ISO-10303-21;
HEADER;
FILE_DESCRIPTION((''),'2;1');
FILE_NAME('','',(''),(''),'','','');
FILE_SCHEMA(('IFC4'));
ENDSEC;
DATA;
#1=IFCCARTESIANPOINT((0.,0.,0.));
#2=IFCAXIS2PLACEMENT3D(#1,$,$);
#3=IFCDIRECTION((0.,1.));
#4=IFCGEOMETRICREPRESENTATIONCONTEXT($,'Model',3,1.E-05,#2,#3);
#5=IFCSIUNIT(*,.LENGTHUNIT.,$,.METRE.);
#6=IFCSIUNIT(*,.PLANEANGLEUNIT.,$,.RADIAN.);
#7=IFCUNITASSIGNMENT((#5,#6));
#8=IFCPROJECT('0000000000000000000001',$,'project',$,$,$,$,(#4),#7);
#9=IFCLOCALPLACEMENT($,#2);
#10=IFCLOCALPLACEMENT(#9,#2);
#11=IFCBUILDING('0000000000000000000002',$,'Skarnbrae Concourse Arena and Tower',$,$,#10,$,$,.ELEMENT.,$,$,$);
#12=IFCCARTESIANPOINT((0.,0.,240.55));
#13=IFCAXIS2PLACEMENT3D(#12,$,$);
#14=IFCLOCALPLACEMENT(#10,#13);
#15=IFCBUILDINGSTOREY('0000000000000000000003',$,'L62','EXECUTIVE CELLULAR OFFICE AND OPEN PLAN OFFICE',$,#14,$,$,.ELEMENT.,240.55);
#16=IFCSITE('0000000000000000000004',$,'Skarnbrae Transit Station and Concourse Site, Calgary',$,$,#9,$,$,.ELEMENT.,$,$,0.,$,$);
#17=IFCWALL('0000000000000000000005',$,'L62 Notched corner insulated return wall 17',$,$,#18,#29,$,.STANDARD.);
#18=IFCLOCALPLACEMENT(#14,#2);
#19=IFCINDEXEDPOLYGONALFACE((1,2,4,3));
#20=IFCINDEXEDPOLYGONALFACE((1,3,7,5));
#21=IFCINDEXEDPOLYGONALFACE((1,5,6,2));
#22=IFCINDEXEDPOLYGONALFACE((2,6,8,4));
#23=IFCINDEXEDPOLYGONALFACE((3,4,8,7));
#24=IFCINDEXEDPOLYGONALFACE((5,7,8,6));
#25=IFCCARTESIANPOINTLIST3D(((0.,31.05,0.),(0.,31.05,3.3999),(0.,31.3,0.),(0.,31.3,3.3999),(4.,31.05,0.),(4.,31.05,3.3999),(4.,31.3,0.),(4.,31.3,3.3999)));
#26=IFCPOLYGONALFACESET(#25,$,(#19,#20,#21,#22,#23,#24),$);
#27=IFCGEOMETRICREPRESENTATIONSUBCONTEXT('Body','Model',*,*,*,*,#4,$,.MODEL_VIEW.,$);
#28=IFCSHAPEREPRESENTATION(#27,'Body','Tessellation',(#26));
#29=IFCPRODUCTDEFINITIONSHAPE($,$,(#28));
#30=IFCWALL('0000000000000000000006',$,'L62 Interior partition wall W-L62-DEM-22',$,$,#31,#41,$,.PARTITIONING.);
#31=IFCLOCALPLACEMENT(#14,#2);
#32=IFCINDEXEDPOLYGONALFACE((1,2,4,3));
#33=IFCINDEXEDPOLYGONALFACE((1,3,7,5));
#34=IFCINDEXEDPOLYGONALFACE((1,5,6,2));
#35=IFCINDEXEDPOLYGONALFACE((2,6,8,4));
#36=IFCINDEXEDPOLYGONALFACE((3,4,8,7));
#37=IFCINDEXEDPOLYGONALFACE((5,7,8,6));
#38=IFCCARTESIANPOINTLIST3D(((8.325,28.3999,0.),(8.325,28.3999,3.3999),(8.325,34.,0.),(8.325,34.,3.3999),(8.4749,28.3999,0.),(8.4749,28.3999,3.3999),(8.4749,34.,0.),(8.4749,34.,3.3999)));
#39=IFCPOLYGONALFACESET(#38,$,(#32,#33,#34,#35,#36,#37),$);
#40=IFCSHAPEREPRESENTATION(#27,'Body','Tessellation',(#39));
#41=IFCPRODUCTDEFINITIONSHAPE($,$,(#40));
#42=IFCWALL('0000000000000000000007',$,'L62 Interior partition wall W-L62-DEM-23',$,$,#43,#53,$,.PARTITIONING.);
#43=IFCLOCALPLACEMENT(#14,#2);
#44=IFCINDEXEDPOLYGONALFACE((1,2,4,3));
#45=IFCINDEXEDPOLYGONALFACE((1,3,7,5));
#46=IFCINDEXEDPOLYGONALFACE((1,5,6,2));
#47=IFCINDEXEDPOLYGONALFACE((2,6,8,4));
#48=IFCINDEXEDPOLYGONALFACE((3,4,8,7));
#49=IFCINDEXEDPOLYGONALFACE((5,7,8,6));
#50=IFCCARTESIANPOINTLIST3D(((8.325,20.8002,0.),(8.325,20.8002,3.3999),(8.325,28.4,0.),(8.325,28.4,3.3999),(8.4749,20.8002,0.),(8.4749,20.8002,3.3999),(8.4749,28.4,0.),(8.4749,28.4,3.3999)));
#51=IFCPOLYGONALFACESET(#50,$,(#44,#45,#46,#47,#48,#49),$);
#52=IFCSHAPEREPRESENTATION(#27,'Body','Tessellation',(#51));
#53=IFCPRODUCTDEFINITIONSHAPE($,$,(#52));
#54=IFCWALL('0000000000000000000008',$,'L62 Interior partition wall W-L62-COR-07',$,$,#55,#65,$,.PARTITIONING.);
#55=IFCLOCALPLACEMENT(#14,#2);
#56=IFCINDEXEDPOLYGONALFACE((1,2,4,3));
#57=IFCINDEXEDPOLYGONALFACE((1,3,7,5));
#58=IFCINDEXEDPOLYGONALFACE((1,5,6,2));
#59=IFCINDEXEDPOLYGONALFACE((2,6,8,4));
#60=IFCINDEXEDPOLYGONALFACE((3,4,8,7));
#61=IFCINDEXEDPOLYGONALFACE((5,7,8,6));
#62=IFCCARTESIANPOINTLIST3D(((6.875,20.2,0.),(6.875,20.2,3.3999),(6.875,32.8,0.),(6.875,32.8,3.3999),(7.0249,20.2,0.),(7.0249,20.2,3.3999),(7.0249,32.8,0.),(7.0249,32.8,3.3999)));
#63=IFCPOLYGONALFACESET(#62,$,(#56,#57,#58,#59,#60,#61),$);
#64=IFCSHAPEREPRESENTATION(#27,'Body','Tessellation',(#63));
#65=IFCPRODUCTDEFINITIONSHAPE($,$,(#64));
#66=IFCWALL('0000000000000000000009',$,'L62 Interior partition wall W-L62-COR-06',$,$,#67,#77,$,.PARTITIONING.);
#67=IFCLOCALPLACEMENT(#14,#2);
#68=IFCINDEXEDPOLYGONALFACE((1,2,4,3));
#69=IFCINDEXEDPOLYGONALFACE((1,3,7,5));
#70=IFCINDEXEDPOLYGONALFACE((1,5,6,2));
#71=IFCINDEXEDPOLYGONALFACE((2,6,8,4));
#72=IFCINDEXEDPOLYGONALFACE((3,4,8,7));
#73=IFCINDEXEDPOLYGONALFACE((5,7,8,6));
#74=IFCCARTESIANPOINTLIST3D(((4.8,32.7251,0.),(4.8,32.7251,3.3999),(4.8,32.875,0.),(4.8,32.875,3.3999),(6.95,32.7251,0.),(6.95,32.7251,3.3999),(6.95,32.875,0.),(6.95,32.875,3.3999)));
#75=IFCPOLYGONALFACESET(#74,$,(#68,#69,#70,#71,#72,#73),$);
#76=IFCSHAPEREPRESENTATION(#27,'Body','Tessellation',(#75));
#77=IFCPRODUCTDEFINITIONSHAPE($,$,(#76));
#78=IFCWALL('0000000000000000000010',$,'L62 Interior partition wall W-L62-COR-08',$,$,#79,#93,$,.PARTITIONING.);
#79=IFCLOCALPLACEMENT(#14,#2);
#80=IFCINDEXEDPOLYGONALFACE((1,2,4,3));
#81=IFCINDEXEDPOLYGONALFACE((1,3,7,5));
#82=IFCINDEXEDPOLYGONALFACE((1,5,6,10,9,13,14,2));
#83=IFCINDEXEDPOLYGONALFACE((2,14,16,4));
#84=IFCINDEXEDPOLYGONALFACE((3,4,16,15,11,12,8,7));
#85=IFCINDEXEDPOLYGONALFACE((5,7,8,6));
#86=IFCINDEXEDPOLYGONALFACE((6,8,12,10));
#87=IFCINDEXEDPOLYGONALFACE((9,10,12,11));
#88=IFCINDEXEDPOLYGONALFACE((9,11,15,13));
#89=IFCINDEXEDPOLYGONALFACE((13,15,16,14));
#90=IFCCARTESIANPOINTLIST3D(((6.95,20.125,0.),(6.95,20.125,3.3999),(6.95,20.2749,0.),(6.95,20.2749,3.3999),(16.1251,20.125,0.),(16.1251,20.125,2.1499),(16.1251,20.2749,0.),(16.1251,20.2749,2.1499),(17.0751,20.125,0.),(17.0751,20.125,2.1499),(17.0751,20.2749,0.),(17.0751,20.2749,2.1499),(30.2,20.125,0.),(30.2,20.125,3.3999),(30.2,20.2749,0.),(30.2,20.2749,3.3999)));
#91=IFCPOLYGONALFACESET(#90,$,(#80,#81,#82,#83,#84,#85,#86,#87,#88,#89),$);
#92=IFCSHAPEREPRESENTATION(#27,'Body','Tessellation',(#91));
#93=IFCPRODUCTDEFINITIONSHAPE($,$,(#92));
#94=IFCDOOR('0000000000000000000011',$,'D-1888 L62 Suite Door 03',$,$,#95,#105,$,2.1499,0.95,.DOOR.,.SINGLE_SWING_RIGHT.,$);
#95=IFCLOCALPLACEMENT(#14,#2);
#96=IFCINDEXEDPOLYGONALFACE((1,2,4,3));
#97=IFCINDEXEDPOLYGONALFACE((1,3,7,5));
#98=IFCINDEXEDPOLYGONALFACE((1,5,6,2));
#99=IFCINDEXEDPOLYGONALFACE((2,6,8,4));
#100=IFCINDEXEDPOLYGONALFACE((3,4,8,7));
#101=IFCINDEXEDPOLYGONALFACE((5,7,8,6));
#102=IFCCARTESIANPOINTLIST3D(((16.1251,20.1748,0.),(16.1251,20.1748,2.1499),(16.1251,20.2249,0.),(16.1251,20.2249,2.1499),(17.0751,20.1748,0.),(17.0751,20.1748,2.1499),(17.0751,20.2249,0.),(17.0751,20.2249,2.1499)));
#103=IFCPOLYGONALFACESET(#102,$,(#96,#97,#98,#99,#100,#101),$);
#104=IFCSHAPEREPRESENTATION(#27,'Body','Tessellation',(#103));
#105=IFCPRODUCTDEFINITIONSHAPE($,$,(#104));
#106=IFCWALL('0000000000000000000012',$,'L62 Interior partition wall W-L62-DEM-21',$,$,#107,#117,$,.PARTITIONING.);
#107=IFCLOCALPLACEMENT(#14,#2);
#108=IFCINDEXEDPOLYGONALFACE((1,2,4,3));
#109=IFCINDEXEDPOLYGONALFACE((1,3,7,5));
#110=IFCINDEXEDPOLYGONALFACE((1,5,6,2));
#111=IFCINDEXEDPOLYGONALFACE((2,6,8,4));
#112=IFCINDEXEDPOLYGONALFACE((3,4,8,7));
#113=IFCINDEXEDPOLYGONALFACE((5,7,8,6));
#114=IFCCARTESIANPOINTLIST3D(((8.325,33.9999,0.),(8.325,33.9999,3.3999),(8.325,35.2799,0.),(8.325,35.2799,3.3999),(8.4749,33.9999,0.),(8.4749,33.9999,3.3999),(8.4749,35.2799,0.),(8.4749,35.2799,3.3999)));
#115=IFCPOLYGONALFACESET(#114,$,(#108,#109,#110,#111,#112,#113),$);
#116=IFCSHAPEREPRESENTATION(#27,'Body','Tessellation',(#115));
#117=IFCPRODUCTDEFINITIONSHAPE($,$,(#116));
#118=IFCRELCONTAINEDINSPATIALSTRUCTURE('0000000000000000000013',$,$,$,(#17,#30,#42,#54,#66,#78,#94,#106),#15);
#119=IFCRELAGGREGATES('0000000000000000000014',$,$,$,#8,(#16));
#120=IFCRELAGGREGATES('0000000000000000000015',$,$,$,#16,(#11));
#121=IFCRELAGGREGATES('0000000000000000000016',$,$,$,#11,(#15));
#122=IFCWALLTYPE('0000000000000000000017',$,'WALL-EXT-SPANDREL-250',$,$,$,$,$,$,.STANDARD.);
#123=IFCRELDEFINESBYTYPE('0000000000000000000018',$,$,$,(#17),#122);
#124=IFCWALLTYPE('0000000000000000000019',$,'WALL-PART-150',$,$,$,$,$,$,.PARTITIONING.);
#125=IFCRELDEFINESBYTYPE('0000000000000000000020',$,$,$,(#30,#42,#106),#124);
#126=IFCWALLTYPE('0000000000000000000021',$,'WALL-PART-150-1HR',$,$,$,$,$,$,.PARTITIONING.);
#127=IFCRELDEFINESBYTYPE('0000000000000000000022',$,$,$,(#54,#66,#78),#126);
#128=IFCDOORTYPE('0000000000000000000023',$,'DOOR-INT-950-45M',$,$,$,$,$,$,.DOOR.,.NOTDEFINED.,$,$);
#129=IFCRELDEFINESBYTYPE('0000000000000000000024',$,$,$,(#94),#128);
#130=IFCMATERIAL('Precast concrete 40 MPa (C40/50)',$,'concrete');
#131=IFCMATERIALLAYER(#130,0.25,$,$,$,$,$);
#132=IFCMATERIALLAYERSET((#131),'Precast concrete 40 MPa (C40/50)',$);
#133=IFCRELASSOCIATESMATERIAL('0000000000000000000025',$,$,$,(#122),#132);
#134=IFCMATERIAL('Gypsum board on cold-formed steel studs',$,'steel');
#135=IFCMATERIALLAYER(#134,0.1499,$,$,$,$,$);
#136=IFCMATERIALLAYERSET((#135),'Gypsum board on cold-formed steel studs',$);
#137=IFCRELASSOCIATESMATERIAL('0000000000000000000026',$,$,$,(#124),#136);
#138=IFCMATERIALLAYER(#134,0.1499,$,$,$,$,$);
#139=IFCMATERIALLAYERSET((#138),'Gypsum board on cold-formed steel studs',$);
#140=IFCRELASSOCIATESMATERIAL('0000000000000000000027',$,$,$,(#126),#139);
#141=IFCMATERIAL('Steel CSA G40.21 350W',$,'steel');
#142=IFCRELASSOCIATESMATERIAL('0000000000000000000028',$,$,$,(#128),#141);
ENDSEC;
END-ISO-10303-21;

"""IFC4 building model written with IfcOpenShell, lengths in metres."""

from ifc_helpers import new_model, si_unit, direction, frame, frame_2d, origin, place, context, subcontext, project, spatial, rectangle, extrude, source, transform, mapped, material, layer, layer_set, type_object, element, fill, save


model = new_model("IFC4")

# Units and contexts
model_context = context("Model", 3, precision=1e-05, world=origin(), true_north=direction((0.0, 1.0)))
body_context = subcontext(model_context, "Body", "Model", "MODEL_VIEW")
ifc_project = project(units=[si_unit("LENGTHUNIT", "METRE"), si_unit("PLANEANGLEUNIT", "RADIAN")], contexts=[model_context])

# Site, building, storey
site_placement = place(None, origin())
site = spatial("IfcSite", under=ifc_project, at=site_placement, Name="Skarnbrae Transit Station and Concourse Site, Calgary", CompositionType="ELEMENT", RefElevation=0.0)
building_placement = place(site_placement, origin())
building = spatial("IfcBuilding", under=site, at=building_placement, Name="Skarnbrae Concourse Arena and Tower", CompositionType="ELEMENT")
storey_placement = place(building_placement, frame((0.0, 0.0, 240.55)))
storey = spatial("IfcBuildingStorey", under=building, at=storey_placement, Name="L62", Description="EXECUTIVE CELLULAR OFFICE AND OPEN PLAN OFFICE", CompositionType="ELEMENT", Elevation=240.55)

# Shared definitions
ifc_material_1 = material(Name="Steel CSA G40.21 350W", Category="steel")

# Walls
ifc_material_2 = material(Name="Precast concrete 40 MPa (C40/50)", Category="concrete")
ifc_layer_1 = layer(ifc_material_2, 0.25)
ifc_layer_set_1 = layer_set([ifc_layer_1], Name="Precast concrete 40 MPa (C40/50)")
wall_type_1 = type_object("IfcWallType", Name="WALL-EXT-SPANDREL-250", PredefinedType="STANDARD", material=ifc_layer_set_1)
shared_shape_1 = source(origin(), body_context, "Body", "SweptSolid", [
    extrude(rectangle(XDim=4.0, YDim=0.25, at=frame_2d((2.0, 0.0))), origin(), (0.0, 0.0, 1.0), 3.3999),
])
for number, where, z_axis, x_axis, name in (
    (1, (4.0, 31.175, 0.0), (0.0, 0.0, 1.0), (-1.0, 0.0, 0.0), "L62 Notched corner insulated return wall 17"),
):
    element("IfcWall", number, at=place(storey_placement, frame(where, z_axis=z_axis, x_axis=x_axis)), inside=storey, type_object=wall_type_1, Name=name, PredefinedType="STANDARD", context=body_context, shape_type="MappedRepresentation", body=[
        mapped(shared_shape_1, transform((0.0, 0.0, 0.0))),
    ])
ifc_material_3 = material(Name="Gypsum board on cold-formed steel studs", Category="steel")
ifc_layer_2 = layer(ifc_material_3, 0.1499)
ifc_layer_set_2 = layer_set([ifc_layer_2], Name="Gypsum board on cold-formed steel studs")
wall_type_2 = type_object("IfcWallType", Name="WALL-PART-150", PredefinedType="PARTITIONING", material=ifc_layer_set_2)
shared_shape_2 = source(origin(), body_context, "Body", "SweptSolid", [
    extrude(rectangle(XDim=5.6001, YDim=0.1499, at=frame_2d((2.8, 0.0))), origin(), (0.0, 0.0, 1.0), 3.3999),
])
wall_1_placement = place(storey_placement, frame((8.3999, 34.0, 0.0), z_axis=(0.0, 0.0, 1.0), x_axis=(0.0, -1.0, 0.0)))
element("IfcWall", 2, at=wall_1_placement, inside=storey, type_object=wall_type_2, Name="L62 Interior partition wall W-L62-DEM-22", PredefinedType="PARTITIONING", context=body_context, shape_type="MappedRepresentation", body=[
    mapped(shared_shape_2, transform((0.0, 0.0, 0.0))),
])
shared_shape_3 = source(origin(), body_context, "Body", "SweptSolid", [
    extrude(rectangle(XDim=7.5999, YDim=0.1499, at=frame_2d((3.7998, 0.0))), origin(), (0.0, 0.0, 1.0), 3.3999),
])
wall_2_placement = place(storey_placement, frame((8.3999, 28.3999, 0.0), z_axis=(0.0, 0.0, 1.0), x_axis=(0.0, -1.0, 0.0)))
element("IfcWall", 3, at=wall_2_placement, inside=storey, type_object=wall_type_2, Name="L62 Interior partition wall W-L62-DEM-23", PredefinedType="PARTITIONING", context=body_context, shape_type="MappedRepresentation", body=[
    mapped(shared_shape_3, transform((0.0, 0.0, 0.0))),
])
ifc_layer_3 = layer(ifc_material_3, 0.1499)
ifc_layer_set_3 = layer_set([ifc_layer_3], Name="Gypsum board on cold-formed steel studs")
wall_type_3 = type_object("IfcWallType", Name="WALL-PART-150-1HR", PredefinedType="PARTITIONING", material=ifc_layer_set_3)
shared_shape_4 = source(origin(), body_context, "Body", "SweptSolid", [
    extrude(rectangle(XDim=12.6001, YDim=0.1499, at=frame_2d((6.3, 0.0))), origin(), (0.0, 0.0, 1.0), 3.3999),
])
wall_3_placement = place(storey_placement, frame((6.95, 32.8, 0.0), z_axis=(0.0, 0.0, 1.0), x_axis=(0.0, -1.0, 0.0)))
element("IfcWall", 4, at=wall_3_placement, inside=storey, type_object=wall_type_3, Name="L62 Interior partition wall W-L62-COR-07", PredefinedType="PARTITIONING", context=body_context, shape_type="MappedRepresentation", body=[
    mapped(shared_shape_4, transform((0.0, 0.0, 0.0))),
])
shared_shape_5 = source(origin(), body_context, "Body", "SweptSolid", [
    extrude(rectangle(XDim=2.1499, YDim=0.1499, at=frame_2d((1.075, 0.0))), origin(), (0.0, 0.0, 1.0), 3.3999),
])
wall_4_placement = place(storey_placement, frame((4.8, 32.8, 0.0), z_axis=(0.0, 0.0, 1.0), x_axis=(1.0, 0.0, 0.0)))
element("IfcWall", 5, at=wall_4_placement, inside=storey, type_object=wall_type_3, Name="L62 Interior partition wall W-L62-COR-06", PredefinedType="PARTITIONING", context=body_context, shape_type="MappedRepresentation", body=[
    mapped(shared_shape_5, transform((0.0, 0.0, 0.0))),
])

# Wall, opening, door
shared_shape_6 = source(origin(), body_context, "Body", "SweptSolid", [
    extrude(rectangle(XDim=23.25, YDim=0.1499, at=frame_2d((11.625, 0.0))), origin(), (0.0, 0.0, 1.0), 3.3999),
])
wall_5_placement = place(storey_placement, frame((6.95, 20.2, 0.0), z_axis=(0.0, 0.0, 1.0), x_axis=(1.0, 0.0, 0.0)))
wall_5 = element("IfcWall", 6, at=wall_5_placement, inside=storey, type_object=wall_type_3, Name="L62 Interior partition wall W-L62-COR-08", PredefinedType="PARTITIONING", context=body_context, shape_type="MappedRepresentation", body=[
    mapped(shared_shape_6, transform((0.0, 0.0, 0.0))),
])
opening_placement = place(wall_5_placement, frame((9.175, 0.0, 0.0)))
opening = element("IfcOpeningElement", 7, at=opening_placement, cuts=wall_5, PredefinedType="OPENING", context=body_context, shape_type="SweptSolid", body=[
    extrude(rectangle(XDim=0.95, YDim=2.1499, at=frame_2d((0.4751, 1.075))), frame((0.0, 0.085, 0.0), z_axis=(0.0, -1.0, 0.0), x_axis=(1.0, 0.0, 0.0)), (0.0, 0.0, 1.0), 0.1699),
])
door_type = type_object("IfcDoorType", Name="DOOR-INT-950-45M", OperationType="NOTDEFINED", PredefinedType="DOOR", material=ifc_material_1)
shared_shape_7 = source(origin(), body_context, "Body", "SweptSolid", [
    extrude(rectangle(XDim=0.95, YDim=2.1499, at=frame_2d((0.4751, 1.075))), frame((0.0, 0.0249, 0.0), z_axis=(0.0, -1.0, 0.0), x_axis=(1.0, 0.0, 0.0)), (0.0, 0.0, 1.0), 0.05),
])
door_placement = place(opening_placement, origin())
door = element("IfcDoor", 8, at=door_placement, inside=storey, type_object=door_type, Name="D-1888 L62 Suite Door 03", OperationType="SINGLE_SWING_RIGHT", OverallHeight=2.1499, OverallWidth=0.95, PredefinedType="DOOR", context=body_context, shape_type="MappedRepresentation", body=[
    mapped(shared_shape_7, transform((0.0, 0.0, 0.0))),
])
fill(opening, door)

# Wall
shared_shape_8 = source(origin(), body_context, "Body", "SweptSolid", [
    extrude(rectangle(XDim=1.28, YDim=0.1499, at=frame_2d((0.6401, 0.0))), origin(), (0.0, 0.0, 1.0), 3.3999),
])
wall_6_placement = place(storey_placement, frame((8.3999, 35.28, 0.0), z_axis=(0.0, 0.0, 1.0), x_axis=(0.0, -1.0, 0.0)))
element("IfcWall", 9, at=wall_6_placement, inside=storey, type_object=wall_type_2, Name="L62 Interior partition wall W-L62-DEM-21", PredefinedType="PARTITIONING", context=body_context, shape_type="MappedRepresentation", body=[
    mapped(shared_shape_8, transform((0.0, 0.0, 0.0))),
])

save(model, "model.ifc")
